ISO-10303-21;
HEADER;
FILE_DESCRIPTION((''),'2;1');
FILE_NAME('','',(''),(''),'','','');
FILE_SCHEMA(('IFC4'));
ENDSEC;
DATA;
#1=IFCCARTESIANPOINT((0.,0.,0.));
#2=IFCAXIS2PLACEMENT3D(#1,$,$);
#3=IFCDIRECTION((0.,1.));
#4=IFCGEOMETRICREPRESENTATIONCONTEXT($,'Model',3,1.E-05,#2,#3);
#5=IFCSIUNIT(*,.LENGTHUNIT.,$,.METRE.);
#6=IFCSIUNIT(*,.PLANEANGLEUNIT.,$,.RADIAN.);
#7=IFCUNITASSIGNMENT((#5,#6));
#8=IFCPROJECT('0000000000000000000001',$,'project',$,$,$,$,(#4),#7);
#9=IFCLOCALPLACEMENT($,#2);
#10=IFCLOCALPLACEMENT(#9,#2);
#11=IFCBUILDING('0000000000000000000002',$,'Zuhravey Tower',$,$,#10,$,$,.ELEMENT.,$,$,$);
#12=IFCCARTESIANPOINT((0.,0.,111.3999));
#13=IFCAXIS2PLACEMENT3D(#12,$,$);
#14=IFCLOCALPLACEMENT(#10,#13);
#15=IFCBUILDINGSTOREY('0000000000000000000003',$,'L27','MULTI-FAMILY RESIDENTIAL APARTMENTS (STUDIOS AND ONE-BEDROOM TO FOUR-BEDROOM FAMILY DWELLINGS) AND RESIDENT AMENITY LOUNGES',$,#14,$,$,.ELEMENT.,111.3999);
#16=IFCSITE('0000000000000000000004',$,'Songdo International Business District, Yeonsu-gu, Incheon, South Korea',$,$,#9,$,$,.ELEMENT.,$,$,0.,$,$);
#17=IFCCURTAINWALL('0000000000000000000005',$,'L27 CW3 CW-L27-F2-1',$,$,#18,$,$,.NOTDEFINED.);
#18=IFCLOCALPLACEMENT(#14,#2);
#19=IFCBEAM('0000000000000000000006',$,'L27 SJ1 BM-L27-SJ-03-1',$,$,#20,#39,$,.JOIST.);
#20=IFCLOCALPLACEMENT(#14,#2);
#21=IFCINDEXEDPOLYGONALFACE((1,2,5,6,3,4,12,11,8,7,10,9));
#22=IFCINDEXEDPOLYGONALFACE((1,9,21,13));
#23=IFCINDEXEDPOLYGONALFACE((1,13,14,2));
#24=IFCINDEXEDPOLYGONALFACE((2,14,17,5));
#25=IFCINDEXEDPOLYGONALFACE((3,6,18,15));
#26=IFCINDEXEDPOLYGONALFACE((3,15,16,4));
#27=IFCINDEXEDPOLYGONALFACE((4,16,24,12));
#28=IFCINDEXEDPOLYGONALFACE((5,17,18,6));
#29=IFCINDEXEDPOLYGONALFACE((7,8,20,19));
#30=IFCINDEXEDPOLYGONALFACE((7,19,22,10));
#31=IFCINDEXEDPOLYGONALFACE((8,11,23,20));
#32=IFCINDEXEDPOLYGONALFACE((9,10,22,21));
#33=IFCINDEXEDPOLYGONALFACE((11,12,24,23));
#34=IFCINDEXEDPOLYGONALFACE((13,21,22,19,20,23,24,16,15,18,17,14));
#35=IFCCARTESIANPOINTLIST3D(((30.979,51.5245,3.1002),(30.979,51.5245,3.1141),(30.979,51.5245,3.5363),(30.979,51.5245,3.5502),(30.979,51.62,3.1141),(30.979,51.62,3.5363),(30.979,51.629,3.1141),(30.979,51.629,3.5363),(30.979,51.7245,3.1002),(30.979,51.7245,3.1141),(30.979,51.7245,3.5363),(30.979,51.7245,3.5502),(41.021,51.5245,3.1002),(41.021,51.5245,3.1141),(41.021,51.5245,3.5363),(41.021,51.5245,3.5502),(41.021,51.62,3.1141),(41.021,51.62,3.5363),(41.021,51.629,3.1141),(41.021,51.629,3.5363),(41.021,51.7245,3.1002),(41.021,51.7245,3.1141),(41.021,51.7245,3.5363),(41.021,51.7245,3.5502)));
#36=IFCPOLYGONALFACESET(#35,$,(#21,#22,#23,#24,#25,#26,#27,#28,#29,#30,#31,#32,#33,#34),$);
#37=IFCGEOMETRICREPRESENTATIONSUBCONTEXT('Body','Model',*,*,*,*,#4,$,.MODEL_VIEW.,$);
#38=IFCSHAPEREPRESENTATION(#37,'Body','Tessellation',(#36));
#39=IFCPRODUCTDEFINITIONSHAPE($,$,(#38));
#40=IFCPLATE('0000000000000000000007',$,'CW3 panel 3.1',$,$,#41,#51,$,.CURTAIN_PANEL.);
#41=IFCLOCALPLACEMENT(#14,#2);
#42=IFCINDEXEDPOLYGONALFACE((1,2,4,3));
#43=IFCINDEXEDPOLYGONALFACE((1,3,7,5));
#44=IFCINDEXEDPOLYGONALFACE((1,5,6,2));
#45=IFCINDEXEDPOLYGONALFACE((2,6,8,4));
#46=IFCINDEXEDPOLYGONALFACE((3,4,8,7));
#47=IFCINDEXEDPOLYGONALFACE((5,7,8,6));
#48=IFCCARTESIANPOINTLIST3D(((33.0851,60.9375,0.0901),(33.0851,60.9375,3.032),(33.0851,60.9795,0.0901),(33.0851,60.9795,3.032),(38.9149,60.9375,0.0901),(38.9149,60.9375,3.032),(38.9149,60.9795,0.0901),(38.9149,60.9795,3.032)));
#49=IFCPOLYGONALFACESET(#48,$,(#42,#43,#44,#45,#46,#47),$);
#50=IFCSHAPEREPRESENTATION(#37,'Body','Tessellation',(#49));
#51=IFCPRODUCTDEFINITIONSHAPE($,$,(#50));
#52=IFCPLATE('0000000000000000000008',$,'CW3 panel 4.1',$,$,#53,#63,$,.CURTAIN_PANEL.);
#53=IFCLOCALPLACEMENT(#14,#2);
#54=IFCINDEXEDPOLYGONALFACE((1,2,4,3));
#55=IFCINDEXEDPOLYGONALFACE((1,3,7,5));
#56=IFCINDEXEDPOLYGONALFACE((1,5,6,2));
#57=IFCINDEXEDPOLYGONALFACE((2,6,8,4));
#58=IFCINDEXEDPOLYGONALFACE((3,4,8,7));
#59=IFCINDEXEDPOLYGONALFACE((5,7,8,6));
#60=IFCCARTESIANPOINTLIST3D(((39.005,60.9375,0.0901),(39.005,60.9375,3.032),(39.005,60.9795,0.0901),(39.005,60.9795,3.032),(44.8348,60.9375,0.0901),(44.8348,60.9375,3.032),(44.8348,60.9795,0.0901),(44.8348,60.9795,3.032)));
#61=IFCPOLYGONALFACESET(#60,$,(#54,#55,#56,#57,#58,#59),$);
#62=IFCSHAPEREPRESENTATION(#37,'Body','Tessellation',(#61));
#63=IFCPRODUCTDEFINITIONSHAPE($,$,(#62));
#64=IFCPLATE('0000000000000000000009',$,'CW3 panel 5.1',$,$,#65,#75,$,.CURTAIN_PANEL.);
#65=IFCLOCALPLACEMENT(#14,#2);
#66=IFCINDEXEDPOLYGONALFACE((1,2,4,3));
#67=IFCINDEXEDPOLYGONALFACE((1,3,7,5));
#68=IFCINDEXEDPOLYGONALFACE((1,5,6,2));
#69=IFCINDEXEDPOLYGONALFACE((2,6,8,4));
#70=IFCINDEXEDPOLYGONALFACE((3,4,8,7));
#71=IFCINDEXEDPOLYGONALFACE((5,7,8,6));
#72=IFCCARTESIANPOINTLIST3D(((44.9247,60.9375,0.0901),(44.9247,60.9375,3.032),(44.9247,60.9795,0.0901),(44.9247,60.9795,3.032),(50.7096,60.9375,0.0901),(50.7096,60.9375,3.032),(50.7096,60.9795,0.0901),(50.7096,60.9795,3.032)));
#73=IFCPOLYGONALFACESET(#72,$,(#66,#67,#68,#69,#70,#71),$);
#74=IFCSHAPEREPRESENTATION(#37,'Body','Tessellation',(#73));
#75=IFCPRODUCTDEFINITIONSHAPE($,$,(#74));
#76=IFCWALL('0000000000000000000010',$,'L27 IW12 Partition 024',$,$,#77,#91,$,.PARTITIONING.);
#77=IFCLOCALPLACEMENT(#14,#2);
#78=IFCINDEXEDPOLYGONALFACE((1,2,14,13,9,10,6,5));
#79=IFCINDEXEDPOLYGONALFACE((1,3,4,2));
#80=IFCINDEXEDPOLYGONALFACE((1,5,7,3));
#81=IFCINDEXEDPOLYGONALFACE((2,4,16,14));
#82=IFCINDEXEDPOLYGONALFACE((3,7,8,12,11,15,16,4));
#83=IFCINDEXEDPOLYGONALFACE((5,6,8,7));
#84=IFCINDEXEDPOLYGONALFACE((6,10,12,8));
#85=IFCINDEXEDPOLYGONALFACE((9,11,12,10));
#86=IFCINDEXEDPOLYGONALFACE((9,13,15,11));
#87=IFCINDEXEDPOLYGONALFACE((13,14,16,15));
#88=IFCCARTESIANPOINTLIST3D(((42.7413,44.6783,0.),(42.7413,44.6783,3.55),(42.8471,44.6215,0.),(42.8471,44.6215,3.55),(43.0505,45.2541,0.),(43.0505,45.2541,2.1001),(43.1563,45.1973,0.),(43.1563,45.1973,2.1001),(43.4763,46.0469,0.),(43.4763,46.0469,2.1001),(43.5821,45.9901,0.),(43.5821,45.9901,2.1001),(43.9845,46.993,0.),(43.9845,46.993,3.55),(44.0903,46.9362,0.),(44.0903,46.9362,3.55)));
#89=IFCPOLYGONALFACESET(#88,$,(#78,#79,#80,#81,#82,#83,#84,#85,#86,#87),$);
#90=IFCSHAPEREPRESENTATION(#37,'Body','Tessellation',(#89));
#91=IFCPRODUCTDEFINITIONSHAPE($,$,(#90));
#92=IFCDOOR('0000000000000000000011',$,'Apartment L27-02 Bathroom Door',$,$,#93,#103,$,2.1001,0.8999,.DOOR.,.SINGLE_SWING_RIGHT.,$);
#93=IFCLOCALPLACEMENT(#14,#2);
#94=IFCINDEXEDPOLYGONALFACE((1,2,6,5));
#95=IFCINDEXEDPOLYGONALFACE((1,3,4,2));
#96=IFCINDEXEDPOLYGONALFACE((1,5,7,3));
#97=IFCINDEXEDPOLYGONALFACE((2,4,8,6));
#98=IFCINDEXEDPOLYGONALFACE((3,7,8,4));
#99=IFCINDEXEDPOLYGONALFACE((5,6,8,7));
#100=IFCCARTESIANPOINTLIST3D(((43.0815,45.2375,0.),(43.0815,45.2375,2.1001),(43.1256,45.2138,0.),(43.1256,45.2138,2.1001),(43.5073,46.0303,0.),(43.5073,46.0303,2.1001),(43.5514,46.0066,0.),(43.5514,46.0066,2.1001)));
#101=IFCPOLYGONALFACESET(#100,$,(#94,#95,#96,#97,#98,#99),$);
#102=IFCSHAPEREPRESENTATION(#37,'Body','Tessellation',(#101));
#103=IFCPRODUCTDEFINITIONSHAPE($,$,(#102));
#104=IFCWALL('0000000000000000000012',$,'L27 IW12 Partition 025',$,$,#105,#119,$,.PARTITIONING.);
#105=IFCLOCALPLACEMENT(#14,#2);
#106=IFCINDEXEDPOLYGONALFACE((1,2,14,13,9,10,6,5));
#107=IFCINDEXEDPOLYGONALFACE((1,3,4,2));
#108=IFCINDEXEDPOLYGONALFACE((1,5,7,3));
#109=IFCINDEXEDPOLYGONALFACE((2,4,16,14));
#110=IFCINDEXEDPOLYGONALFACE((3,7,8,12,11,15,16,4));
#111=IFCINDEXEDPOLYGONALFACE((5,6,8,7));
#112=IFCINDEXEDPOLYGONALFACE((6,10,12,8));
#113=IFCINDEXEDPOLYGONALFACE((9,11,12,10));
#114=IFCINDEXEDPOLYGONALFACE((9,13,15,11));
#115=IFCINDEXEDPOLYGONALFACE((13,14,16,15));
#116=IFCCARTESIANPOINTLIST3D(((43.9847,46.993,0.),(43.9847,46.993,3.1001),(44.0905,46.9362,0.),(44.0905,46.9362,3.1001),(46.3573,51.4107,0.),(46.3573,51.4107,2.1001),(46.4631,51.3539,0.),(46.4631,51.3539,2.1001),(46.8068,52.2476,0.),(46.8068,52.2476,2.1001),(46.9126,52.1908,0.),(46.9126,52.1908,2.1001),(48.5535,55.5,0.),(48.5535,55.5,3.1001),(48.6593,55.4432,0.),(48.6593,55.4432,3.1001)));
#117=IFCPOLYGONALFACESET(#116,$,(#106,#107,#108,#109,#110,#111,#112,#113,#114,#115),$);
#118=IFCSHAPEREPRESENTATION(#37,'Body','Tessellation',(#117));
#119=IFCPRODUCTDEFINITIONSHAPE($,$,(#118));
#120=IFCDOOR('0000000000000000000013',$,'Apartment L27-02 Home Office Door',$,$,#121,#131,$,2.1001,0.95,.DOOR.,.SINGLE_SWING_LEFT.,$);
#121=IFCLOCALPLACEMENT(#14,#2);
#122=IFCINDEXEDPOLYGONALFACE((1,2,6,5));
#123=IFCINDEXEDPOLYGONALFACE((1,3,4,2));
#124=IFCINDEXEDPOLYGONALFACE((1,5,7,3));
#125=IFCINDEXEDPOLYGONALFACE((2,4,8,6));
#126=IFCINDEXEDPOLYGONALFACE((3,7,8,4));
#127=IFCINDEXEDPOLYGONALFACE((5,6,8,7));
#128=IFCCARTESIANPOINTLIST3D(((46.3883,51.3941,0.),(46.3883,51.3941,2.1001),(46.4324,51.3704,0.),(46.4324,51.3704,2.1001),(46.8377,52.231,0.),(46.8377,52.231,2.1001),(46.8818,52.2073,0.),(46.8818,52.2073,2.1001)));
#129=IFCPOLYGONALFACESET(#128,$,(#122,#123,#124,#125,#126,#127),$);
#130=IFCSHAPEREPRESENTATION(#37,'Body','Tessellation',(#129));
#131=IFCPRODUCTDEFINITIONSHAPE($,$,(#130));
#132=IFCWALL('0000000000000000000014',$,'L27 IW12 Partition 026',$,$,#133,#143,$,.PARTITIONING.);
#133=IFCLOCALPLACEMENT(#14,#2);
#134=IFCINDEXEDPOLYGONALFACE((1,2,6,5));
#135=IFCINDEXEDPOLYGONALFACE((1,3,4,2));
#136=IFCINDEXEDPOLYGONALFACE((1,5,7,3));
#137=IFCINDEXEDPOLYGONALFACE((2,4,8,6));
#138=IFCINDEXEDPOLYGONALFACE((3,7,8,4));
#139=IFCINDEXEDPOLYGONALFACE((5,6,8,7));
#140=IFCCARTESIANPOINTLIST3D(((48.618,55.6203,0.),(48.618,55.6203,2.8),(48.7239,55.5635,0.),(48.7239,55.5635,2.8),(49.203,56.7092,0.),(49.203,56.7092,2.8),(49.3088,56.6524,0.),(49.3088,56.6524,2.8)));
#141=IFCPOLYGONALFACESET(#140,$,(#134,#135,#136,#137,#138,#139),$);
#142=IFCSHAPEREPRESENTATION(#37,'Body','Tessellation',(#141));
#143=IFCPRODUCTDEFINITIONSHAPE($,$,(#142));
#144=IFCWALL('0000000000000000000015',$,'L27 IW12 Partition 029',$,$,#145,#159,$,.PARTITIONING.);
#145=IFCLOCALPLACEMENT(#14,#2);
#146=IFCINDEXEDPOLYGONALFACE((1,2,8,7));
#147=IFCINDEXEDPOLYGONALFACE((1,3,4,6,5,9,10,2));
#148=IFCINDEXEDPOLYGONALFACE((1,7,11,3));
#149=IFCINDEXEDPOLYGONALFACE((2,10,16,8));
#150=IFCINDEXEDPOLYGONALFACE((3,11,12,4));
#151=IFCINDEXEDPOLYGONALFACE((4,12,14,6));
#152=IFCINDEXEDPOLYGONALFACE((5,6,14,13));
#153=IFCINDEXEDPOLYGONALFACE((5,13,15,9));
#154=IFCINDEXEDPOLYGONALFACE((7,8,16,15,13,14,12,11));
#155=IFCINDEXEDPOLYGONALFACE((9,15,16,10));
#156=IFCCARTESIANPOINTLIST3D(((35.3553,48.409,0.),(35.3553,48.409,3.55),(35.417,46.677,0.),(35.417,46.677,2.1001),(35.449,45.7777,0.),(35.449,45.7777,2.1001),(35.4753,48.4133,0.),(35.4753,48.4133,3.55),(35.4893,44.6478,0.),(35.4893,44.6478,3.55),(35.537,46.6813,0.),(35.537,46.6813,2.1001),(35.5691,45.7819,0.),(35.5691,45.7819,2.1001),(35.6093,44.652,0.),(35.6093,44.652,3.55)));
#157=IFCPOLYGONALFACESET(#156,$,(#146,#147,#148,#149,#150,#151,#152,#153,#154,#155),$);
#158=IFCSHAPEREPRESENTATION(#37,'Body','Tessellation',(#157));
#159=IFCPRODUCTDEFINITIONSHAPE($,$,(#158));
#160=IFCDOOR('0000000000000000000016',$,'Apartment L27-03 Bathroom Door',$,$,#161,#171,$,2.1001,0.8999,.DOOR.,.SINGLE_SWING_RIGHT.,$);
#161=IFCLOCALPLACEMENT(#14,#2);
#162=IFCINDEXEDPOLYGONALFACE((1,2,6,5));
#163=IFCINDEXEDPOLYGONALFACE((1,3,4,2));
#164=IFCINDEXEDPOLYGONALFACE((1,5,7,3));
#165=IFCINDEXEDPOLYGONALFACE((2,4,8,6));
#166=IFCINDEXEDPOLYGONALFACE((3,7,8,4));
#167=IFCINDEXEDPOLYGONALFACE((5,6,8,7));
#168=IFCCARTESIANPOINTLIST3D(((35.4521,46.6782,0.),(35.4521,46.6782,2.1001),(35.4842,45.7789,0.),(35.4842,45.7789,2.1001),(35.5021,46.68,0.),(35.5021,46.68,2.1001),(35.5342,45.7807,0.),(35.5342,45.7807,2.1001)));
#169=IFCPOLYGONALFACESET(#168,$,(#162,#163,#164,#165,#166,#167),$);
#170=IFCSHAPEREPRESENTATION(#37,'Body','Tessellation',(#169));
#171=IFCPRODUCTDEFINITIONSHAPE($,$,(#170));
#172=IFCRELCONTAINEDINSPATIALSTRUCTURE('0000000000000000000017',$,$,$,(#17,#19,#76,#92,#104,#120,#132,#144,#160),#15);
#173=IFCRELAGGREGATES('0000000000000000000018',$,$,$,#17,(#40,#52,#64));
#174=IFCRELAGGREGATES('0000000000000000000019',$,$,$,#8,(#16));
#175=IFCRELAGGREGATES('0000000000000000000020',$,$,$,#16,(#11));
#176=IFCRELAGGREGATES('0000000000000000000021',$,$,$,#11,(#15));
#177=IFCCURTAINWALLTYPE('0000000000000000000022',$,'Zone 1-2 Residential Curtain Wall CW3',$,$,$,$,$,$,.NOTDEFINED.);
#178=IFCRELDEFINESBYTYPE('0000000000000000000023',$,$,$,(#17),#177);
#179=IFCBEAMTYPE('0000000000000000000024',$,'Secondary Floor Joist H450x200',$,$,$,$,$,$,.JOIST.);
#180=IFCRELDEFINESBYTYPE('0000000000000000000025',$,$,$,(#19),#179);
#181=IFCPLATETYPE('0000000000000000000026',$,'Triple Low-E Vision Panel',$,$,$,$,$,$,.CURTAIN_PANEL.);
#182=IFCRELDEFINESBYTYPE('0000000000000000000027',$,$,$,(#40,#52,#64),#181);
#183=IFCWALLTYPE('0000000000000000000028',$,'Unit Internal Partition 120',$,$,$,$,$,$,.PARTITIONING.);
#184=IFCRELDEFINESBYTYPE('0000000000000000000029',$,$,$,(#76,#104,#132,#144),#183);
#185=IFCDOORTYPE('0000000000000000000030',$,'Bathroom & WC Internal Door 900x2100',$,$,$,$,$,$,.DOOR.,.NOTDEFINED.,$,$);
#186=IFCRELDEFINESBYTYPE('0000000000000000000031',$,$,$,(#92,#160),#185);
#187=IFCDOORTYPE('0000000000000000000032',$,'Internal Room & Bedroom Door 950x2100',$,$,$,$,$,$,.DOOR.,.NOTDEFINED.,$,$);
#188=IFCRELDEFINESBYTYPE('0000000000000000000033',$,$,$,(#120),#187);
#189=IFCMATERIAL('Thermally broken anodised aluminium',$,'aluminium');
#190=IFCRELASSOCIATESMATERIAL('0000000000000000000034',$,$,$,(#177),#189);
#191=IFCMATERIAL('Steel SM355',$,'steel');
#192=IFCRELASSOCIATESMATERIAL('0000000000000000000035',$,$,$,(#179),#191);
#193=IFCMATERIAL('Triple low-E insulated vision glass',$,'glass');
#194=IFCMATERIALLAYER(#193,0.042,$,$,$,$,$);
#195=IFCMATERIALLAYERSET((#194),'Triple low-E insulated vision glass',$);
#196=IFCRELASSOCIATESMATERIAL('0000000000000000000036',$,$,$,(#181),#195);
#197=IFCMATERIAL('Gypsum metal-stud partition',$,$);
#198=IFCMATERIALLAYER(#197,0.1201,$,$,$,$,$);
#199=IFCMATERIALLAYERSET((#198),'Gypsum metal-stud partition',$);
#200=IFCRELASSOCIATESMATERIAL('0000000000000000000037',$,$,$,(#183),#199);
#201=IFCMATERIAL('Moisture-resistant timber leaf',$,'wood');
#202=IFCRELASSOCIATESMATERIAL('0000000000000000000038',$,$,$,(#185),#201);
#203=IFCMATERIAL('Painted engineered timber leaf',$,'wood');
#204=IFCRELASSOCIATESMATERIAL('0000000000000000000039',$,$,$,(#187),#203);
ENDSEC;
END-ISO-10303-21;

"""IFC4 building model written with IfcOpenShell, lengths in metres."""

from ifc_helpers import new_model, si_unit, direction, frame, frame_2d, origin, origin_2d, place, context, subcontext, project, spatial, rectangle, i_section, extrude, material, layer, layer_set, material_profile, profile_set, type_object, element, fill, aggregate, save


model = new_model("IFC4")

# Units and contexts
model_context = context("Model", 3, precision=1e-05, world=origin(), true_north=direction((0.0, 1.0)))
body_context = subcontext(model_context, "Body", "Model", "MODEL_VIEW")
ifc_project = project(units=[si_unit("LENGTHUNIT", "METRE"), si_unit("PLANEANGLEUNIT", "RADIAN")], contexts=[model_context])

# Site, building, storey
site_placement = place(None, origin())
site = spatial("IfcSite", under=ifc_project, at=site_placement, Name="Songdo International Business District, Yeonsu-gu, Incheon, South Korea", CompositionType="ELEMENT", RefElevation=0.0)
building_placement = place(site_placement, origin())
building = spatial("IfcBuilding", under=site, at=building_placement, Name="Zuhravey Tower", CompositionType="ELEMENT")
storey_placement = place(building_placement, frame((0.0, 0.0, 111.3999)))
storey = spatial("IfcBuildingStorey", under=building, at=storey_placement, Name="L27", Description="MULTI-FAMILY RESIDENTIAL APARTMENTS (STUDIOS AND ONE-BEDROOM TO FOUR-BEDROOM FAMILY DWELLINGS) AND RESIDENT AMENITY LOUNGES", CompositionType="ELEMENT", Elevation=111.3999)

# Curtain wall
ifc_material_1 = material(Name="Thermally broken anodised aluminium", Category="aluminium")
curtain_wall_type = type_object("IfcCurtainWallType", Name="Zone 1-2 Residential Curtain Wall CW3", PredefinedType="NOTDEFINED", material=ifc_material_1)
curtain_wall_placement = place(storey_placement, origin())
curtain_wall = element("IfcCurtainWall", 1, at=curtain_wall_placement, inside=storey, type_object=curtain_wall_type, Name="L27 CW3 CW-L27-F2-1", PredefinedType="NOTDEFINED")

# Beam
ifc_material_2 = material(Name="Steel SM355", Category="steel")
ifc_material_profile_1 = material_profile(ifc_material_2, i_section(OverallWidth=0.2, OverallDepth=0.45, WebThickness=0.009, FlangeThickness=0.0139, at=origin_2d()), Name="H-450x200x9x14")
ifc_profile_set_1 = profile_set([ifc_material_profile_1], Name="Steel SM355")
beam_type_1 = type_object("IfcBeamType", Name="Secondary Floor Joist H450x200", PredefinedType="JOIST", material=ifc_profile_set_1)
beam_1_placement = place(storey_placement, frame((41.021, 51.6245, 3.3252), z_axis=(-1.0, 0.0, 0.0), x_axis=(0.0, -1.0, 0.0)))
element("IfcBeam", 2, at=beam_1_placement, inside=storey, type_object=beam_type_1, Name="L27 SJ1 BM-L27-SJ-03-1", PredefinedType="JOIST", context=body_context, shape_type="SweptSolid", body=[
    extrude(i_section(OverallWidth=0.2, OverallDepth=0.45, WebThickness=0.009, FlangeThickness=0.0139, at=origin_2d()), origin(), (0.0, 0.0, 1.0), 10.042),
])

# Plates
ifc_material_3 = material(Name="Triple low-E insulated vision glass", Category="glass")
ifc_layer_1 = layer(ifc_material_3, 0.042)
ifc_layer_set_1 = layer_set([ifc_layer_1], Name="Triple low-E insulated vision glass")
plate_type = type_object("IfcPlateType", Name="Triple Low-E Vision Panel", PredefinedType="CURTAIN_PANEL", material=ifc_layer_set_1)
plate_1_placement = place(storey_placement, frame((36.0, 60.9585, 0.0901), z_axis=(0.0, 0.0, 1.0), x_axis=(1.0, 0.0, 0.0)))
plate_1 = element("IfcPlate", 3, at=plate_1_placement, type_object=plate_type, Name="CW3 panel 3.1", PredefinedType="CURTAIN_PANEL", context=body_context, shape_type="SweptSolid", body=[
    extrude(rectangle(XDim=5.8298, YDim=0.042, at=origin_2d()), origin(), (0.0, 0.0, 1.0), 2.9419),
])
plate_2_placement = place(storey_placement, frame((41.9199, 60.9585, 0.0901), z_axis=(0.0, 0.0, 1.0), x_axis=(1.0, 0.0, 0.0)))
plate_2 = element("IfcPlate", 4, at=plate_2_placement, type_object=plate_type, Name="CW3 panel 4.1", PredefinedType="CURTAIN_PANEL", context=body_context, shape_type="SweptSolid", body=[
    extrude(rectangle(XDim=5.8298, YDim=0.042, at=origin_2d()), origin(), (0.0, 0.0, 1.0), 2.9419),
])
plate_3_placement = place(storey_placement, frame((47.8171, 60.9585, 0.0901), z_axis=(0.0, 0.0, 1.0), x_axis=(1.0, 0.0, 0.0)))
plate_3 = element("IfcPlate", 5, at=plate_3_placement, type_object=plate_type, Name="CW3 panel 5.1", PredefinedType="CURTAIN_PANEL", context=body_context, shape_type="SweptSolid", body=[
    extrude(rectangle(XDim=5.7849, YDim=0.042, at=origin_2d()), origin(), (0.0, 0.0, 1.0), 2.9419),
])
aggregate(curtain_wall, [plate_1, plate_2, plate_3])

# Walls, openings, doors
ifc_material_4 = material(Name="Gypsum metal-stud partition")
ifc_layer_2 = layer(ifc_material_4, 0.1201)
ifc_layer_set_2 = layer_set([ifc_layer_2], Name="Gypsum metal-stud partition")
wall_type_1 = type_object("IfcWallType", Name="Unit Internal Partition 120", PredefinedType="PARTITIONING", material=ifc_layer_set_2)
wall_1_placement = place(storey_placement, frame((42.7942, 44.6499, 0.0), z_axis=(0.0, 0.0, 1.0), x_axis=(0.473152, 0.880981, 0.0)))
wall_1 = element("IfcWall", 6, at=wall_1_placement, inside=storey, type_object=wall_type_1, Name="L27 IW12 Partition 024", PredefinedType="PARTITIONING", context=body_context, shape_type="SweptSolid", body=[
    extrude(rectangle(XDim=2.6274, YDim=0.1201, at=frame_2d((1.3137, 0.0))), origin(), (0.0, 0.0, 1.0), 3.55),
])
opening_1_placement = place(wall_1_placement, frame((0.6536, 0.0, 0.0)))
opening_1 = element("IfcOpeningElement", 7, at=opening_1_placement, cuts=wall_1, PredefinedType="OPENING", context=body_context, shape_type="SweptSolid", body=[
    extrude(rectangle(XDim=0.8999, YDim=2.1001, at=frame_2d((0.45, 1.05))), frame((0.0, 0.072, 0.0), z_axis=(0.0, -1.0, 0.0), x_axis=(1.0, 0.0, 0.0)), (0.0, 0.0, 1.0), 0.144),
])
ifc_material_5 = material(Name="Moisture-resistant timber leaf", Category="wood")
door_type_1 = type_object("IfcDoorType", Name="Bathroom & WC Internal Door 900x2100", OperationType="NOTDEFINED", PredefinedType="DOOR", material=ifc_material_5)
door_1_placement = place(opening_1_placement, origin())
door_1 = element("IfcDoor", 8, at=door_1_placement, inside=storey, type_object=door_type_1, Name="Apartment L27-02 Bathroom Door", OperationType="SINGLE_SWING_RIGHT", OverallHeight=2.1001, OverallWidth=0.8999, PredefinedType="DOOR", context=body_context, shape_type="SweptSolid", body=[
    extrude(rectangle(XDim=0.8999, YDim=2.1001, at=frame_2d((0.45, 1.05))), frame((0.0, 0.0249, 0.0), z_axis=(0.0, -1.0, 0.0), x_axis=(1.0, 0.0, 0.0)), (0.0, 0.0, 1.0), 0.05),
])
fill(opening_1, door_1)
wall_2_placement = place(storey_placement, frame((44.0376, 46.9646, 0.0), z_axis=(0.0, 0.0, 1.0), x_axis=(0.473145, 0.880984, 0.0)))
wall_2 = element("IfcWall", 9, at=wall_2_placement, inside=storey, type_object=wall_type_1, Name="L27 IW12 Partition 025", PredefinedType="PARTITIONING", context=body_context, shape_type="SweptSolid", body=[
    extrude(rectangle(XDim=9.6562, YDim=0.1201, at=frame_2d((4.8281, 0.0))), origin(), (0.0, 0.0, 1.0), 3.1001),
])
opening_2_placement = place(wall_2_placement, frame((5.0144, 0.0, 0.0)))
opening_2 = element("IfcOpeningElement", 10, at=opening_2_placement, cuts=wall_2, PredefinedType="OPENING", context=body_context, shape_type="SweptSolid", body=[
    extrude(rectangle(XDim=0.95, YDim=2.1001, at=frame_2d((0.4751, 1.05))), frame((0.0, 0.072, 0.0), z_axis=(0.0, -1.0, 0.0), x_axis=(1.0, 0.0, 0.0)), (0.0, 0.0, 1.0), 0.144),
])
ifc_material_6 = material(Name="Painted engineered timber leaf", Category="wood")
door_type_2 = type_object("IfcDoorType", Name="Internal Room & Bedroom Door 950x2100", OperationType="NOTDEFINED", PredefinedType="DOOR", material=ifc_material_6)
door_2_placement = place(opening_2_placement, origin())
door_2 = element("IfcDoor", 11, at=door_2_placement, inside=storey, type_object=door_type_2, Name="Apartment L27-02 Home Office Door", OperationType="SINGLE_SWING_LEFT", OverallHeight=2.1001, OverallWidth=0.95, PredefinedType="DOOR", context=body_context, shape_type="SweptSolid", body=[
    extrude(rectangle(XDim=0.95, YDim=2.1001, at=frame_2d((0.4751, 1.05))), frame((0.0, 0.0249, 0.0), z_axis=(0.0, -1.0, 0.0), x_axis=(1.0, 0.0, 0.0)), (0.0, 0.0, 1.0), 0.05),
])
fill(opening_2, door_2)

# Wall
wall_3_placement = place(storey_placement, frame((48.6709, 55.5918, 0.0), z_axis=(0.0, 0.0, 1.0), x_axis=(0.473252, 0.880927, 0.0)))
element("IfcWall", 12, at=wall_3_placement, inside=storey, type_object=wall_type_1, Name="L27 IW12 Partition 026", PredefinedType="PARTITIONING", context=body_context, shape_type="SweptSolid", body=[
    extrude(rectangle(XDim=1.2361, YDim=0.1201, at=frame_2d((0.6182, 0.0))), origin(), (0.0, 0.0, 1.0), 2.8),
])

# Wall, opening, door
wall_4_placement = place(storey_placement, frame((35.5493, 44.6499, 0.0), z_axis=(0.0, 0.0, 1.0), x_axis=(-0.035613, 0.999366, 0.0)))
wall_4 = element("IfcWall", 13, at=wall_4_placement, inside=storey, type_object=wall_type_1, Name="L27 IW12 Partition 029", PredefinedType="PARTITIONING", context=body_context, shape_type="SweptSolid", body=[
    extrude(rectangle(XDim=3.7637, YDim=0.1201, at=frame_2d((1.8818, 0.0))), origin(), (0.0, 0.0, 1.0), 3.55),
])
opening_3_placement = place(wall_4_placement, frame((1.1306, 0.0, 0.0)))
opening_3 = element("IfcOpeningElement", 14, at=opening_3_placement, cuts=wall_4, PredefinedType="OPENING", context=body_context, shape_type="SweptSolid", body=[
    extrude(rectangle(XDim=0.8999, YDim=2.1001, at=frame_2d((0.45, 1.05))), frame((0.0, 0.072, 0.0), z_axis=(0.0, -1.0, 0.0), x_axis=(1.0, 0.0, 0.0)), (0.0, 0.0, 1.0), 0.144),
])
door_3_placement = place(opening_3_placement, origin())
door_3 = element("IfcDoor", 15, at=door_3_placement, inside=storey, type_object=door_type_1, Name="Apartment L27-03 Bathroom Door", OperationType="SINGLE_SWING_RIGHT", OverallHeight=2.1001, OverallWidth=0.8999, PredefinedType="DOOR", context=body_context, shape_type="SweptSolid", body=[
    extrude(rectangle(XDim=0.8999, YDim=2.1001, at=frame_2d((0.45, 1.05))), frame((0.0, 0.0249, 0.0), z_axis=(0.0, -1.0, 0.0), x_axis=(1.0, 0.0, 0.0)), (0.0, 0.0, 1.0), 0.05),
])
fill(opening_3, door_3)

save(model, "model.ifc")
